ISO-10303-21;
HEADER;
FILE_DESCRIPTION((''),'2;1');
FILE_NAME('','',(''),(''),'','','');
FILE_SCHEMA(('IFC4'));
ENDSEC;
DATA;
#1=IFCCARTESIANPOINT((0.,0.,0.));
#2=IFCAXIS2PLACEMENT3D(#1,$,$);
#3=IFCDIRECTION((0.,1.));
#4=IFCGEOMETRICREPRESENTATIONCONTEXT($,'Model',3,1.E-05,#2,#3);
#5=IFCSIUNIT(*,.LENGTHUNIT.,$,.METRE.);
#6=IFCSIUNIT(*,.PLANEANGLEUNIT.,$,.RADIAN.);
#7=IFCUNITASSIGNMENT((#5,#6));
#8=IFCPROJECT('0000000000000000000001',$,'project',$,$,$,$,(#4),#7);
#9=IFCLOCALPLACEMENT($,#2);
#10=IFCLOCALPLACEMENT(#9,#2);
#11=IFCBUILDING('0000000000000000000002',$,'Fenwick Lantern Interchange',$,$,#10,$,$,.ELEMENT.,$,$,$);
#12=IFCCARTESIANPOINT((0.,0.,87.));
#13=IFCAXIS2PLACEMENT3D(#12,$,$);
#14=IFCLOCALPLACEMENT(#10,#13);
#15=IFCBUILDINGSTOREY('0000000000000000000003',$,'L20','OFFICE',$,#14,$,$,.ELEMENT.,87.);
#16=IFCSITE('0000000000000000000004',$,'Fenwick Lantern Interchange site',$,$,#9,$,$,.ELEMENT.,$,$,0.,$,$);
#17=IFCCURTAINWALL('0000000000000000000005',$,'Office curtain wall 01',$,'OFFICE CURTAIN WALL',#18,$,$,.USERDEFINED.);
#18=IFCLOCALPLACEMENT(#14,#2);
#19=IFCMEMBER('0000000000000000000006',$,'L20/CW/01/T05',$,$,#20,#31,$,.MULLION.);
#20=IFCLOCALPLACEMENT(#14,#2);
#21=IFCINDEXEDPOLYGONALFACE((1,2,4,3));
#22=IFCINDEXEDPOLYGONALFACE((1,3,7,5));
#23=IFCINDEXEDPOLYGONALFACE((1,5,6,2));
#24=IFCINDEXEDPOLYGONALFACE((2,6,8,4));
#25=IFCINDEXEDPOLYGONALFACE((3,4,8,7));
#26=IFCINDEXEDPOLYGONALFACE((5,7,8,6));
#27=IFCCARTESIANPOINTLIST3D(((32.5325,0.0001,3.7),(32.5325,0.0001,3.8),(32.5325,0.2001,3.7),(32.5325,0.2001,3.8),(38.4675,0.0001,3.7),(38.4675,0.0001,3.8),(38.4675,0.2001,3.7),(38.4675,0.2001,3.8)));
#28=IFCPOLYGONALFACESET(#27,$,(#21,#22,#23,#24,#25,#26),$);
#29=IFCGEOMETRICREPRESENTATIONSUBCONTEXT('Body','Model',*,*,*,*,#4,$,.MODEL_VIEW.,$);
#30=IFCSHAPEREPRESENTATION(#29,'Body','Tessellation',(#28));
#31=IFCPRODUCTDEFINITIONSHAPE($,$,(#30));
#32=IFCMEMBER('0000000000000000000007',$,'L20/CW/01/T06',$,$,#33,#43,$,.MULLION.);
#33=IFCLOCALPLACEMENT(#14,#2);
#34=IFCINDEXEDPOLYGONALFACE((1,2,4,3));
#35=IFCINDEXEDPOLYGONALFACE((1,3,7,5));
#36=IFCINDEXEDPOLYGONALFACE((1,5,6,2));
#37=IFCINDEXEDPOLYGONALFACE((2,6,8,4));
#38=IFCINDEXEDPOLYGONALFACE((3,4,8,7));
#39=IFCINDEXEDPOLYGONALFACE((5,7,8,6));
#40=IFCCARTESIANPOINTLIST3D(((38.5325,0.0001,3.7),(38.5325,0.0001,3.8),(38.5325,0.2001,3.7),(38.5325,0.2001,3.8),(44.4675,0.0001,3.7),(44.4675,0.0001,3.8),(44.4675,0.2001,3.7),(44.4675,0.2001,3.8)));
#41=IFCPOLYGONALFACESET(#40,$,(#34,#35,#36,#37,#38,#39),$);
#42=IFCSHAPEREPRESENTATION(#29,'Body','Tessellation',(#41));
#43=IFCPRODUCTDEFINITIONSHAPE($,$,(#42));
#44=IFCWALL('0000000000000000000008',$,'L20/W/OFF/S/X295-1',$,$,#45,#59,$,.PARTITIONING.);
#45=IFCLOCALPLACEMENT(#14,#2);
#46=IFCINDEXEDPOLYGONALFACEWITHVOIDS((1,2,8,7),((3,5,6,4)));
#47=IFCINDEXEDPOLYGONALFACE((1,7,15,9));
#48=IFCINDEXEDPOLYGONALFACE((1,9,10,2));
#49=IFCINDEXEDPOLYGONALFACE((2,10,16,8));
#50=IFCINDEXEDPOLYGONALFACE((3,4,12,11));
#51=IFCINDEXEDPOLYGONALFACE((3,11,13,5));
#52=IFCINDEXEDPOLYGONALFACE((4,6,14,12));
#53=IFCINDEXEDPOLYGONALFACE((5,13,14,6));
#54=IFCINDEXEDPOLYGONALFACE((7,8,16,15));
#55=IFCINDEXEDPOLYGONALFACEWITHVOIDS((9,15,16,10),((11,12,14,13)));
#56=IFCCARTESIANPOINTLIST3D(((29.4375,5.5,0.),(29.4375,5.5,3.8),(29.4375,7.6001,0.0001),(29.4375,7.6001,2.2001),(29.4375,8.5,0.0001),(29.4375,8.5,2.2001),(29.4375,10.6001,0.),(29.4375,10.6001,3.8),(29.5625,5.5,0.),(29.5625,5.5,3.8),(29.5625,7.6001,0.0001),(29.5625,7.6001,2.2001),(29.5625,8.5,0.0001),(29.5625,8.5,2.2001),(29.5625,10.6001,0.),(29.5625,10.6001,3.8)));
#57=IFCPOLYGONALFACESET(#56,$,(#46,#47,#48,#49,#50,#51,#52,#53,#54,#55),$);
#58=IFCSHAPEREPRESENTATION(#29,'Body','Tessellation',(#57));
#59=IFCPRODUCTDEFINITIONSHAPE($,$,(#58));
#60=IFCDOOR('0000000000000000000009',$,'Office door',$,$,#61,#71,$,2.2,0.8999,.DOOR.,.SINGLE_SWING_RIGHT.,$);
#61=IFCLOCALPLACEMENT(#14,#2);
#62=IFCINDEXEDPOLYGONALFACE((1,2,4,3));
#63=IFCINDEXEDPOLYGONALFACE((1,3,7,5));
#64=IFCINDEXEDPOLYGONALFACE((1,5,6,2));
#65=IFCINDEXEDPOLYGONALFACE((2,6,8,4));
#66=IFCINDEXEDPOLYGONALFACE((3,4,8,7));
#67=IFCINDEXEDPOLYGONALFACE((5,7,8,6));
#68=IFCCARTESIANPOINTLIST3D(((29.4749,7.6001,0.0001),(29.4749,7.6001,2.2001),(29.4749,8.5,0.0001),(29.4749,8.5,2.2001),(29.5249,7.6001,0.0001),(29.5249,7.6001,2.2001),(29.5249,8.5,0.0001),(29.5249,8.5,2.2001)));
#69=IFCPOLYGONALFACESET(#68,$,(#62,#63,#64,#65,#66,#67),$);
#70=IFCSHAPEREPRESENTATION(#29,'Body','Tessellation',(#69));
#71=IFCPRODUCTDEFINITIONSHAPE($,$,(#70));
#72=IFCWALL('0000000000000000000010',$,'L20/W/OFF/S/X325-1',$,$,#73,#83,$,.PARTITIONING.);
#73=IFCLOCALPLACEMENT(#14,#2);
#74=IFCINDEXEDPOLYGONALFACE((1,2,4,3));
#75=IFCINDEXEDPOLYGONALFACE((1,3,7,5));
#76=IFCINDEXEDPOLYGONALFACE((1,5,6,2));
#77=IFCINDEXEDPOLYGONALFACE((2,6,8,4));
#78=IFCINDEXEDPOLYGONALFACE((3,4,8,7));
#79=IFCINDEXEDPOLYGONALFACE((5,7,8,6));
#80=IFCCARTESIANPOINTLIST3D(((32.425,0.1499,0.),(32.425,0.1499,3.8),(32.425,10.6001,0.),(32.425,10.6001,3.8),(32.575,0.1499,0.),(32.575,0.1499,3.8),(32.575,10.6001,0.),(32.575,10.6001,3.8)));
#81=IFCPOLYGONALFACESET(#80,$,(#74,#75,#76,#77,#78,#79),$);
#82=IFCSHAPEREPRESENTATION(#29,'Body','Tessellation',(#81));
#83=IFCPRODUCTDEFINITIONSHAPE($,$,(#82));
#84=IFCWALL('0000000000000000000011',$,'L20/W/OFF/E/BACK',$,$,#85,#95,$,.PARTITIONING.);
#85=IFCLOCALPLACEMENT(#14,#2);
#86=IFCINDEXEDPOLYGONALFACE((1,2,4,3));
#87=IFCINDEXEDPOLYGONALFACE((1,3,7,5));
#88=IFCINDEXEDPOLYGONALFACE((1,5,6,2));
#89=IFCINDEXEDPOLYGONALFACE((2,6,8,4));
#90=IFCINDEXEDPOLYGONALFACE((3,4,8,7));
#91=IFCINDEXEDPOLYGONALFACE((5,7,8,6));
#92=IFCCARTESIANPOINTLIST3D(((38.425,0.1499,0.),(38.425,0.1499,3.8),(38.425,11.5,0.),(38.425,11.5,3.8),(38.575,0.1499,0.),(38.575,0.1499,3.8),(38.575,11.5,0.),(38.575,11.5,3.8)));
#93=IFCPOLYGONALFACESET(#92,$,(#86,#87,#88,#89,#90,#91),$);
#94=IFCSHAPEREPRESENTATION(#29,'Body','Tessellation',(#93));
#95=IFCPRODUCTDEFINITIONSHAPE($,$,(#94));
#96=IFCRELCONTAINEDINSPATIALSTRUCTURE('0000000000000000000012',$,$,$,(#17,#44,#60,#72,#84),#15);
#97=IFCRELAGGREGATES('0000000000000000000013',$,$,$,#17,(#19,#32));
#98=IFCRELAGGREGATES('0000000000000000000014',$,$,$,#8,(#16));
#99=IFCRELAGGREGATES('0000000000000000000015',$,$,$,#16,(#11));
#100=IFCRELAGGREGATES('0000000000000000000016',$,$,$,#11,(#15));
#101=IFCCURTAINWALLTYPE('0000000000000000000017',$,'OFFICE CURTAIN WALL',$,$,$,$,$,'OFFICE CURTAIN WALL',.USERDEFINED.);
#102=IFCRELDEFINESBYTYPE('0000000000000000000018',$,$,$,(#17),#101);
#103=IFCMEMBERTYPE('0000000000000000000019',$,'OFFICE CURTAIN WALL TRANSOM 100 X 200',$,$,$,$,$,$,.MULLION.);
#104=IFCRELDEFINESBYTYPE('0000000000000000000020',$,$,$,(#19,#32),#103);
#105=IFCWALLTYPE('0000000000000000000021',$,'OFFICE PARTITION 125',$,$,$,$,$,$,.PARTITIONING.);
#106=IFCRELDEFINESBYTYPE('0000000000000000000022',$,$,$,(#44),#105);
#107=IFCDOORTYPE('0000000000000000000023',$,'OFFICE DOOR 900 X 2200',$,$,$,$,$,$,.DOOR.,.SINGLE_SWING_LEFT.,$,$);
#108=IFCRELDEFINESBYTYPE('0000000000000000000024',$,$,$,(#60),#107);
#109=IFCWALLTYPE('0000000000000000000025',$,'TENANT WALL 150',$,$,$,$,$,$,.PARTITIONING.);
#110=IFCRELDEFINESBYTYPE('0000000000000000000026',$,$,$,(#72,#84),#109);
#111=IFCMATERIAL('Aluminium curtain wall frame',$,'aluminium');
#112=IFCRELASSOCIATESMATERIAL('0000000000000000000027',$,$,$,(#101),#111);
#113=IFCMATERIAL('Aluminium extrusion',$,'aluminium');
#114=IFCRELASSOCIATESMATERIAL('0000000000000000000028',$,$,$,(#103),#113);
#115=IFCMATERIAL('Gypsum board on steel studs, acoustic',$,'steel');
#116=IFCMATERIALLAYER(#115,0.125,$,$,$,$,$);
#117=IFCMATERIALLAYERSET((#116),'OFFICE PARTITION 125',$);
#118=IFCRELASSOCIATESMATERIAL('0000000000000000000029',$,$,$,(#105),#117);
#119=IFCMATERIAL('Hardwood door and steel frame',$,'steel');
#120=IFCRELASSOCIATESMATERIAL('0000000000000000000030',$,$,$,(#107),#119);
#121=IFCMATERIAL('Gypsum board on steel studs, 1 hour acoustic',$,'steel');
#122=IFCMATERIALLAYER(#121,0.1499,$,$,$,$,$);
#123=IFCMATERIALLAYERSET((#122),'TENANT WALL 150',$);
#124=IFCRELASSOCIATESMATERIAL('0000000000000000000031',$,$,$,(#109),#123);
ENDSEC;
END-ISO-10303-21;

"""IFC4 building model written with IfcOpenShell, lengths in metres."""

from ifc_helpers import new_model, si_unit, direction, frame, frame_2d, origin, origin_2d, place, context, subcontext, project, spatial, rectangle, extrude, material, layer, layer_set, material_profile, profile_set, type_object, element, fill, aggregate, save


model = new_model("IFC4")

# Units and contexts
model_context = context("Model", 3, precision=1e-05, world=origin(), true_north=direction((0.0, 1.0)))
body_context = subcontext(model_context, "Body", "Model", "MODEL_VIEW")
ifc_project = project(units=[si_unit("LENGTHUNIT", "METRE"), si_unit("PLANEANGLEUNIT", "RADIAN")], contexts=[model_context])

# Site, building, storey
site_placement = place(None, origin())
site = spatial("IfcSite", under=ifc_project, at=site_placement, Name="Fenwick Lantern Interchange site", CompositionType="ELEMENT", RefElevation=0.0)
building_placement = place(site_placement, origin())
building = spatial("IfcBuilding", under=site, at=building_placement, Name="Fenwick Lantern Interchange", CompositionType="ELEMENT")
storey_placement = place(building_placement, frame((0.0, 0.0, 87.0)))
storey = spatial("IfcBuildingStorey", under=building, at=storey_placement, Name="L20", Description="OFFICE", CompositionType="ELEMENT", Elevation=87.0)

# Curtain wall, members
ifc_material_1 = material(Name="Aluminium curtain wall frame", Category="aluminium")
curtain_wall_type = type_object("IfcCurtainWallType", Name="OFFICE CURTAIN WALL", ElementType="OFFICE CURTAIN WALL", PredefinedType="USERDEFINED", material=ifc_material_1)
curtain_wall_placement = place(storey_placement, origin())
curtain_wall = element("IfcCurtainWall", 1, at=curtain_wall_placement, inside=storey, type_object=curtain_wall_type, Name="Office curtain wall 01", ObjectType="OFFICE CURTAIN WALL", PredefinedType="USERDEFINED")
ifc_material_2 = material(Name="Aluminium extrusion", Category="aluminium")
ifc_material_profile_1 = material_profile(ifc_material_2, rectangle(XDim=0.2, YDim=0.1001, at=origin_2d()), Name="OFFICE CURTAIN WALL TRANSOM 100 X 200")
ifc_profile_set_1 = profile_set([ifc_material_profile_1], Name="Aluminium extrusion")
member_type_1 = type_object("IfcMemberType", Name="OFFICE CURTAIN WALL TRANSOM 100 X 200", PredefinedType="MULLION", material=ifc_profile_set_1)
member_1_placement = place(storey_placement, frame((32.5325, 0.1001, 3.75), z_axis=(1.0, 0.0, 0.0), x_axis=(0.0, 1.0, 0.0)))
member_1 = element("IfcMember", 2, at=member_1_placement, type_object=member_type_1, Name="L20/CW/01/T05", PredefinedType="MULLION", context=body_context, shape_type="SweptSolid", body=[
    extrude(rectangle(XDim=0.2, YDim=0.1001, at=origin_2d()), origin(), (0.0, 0.0, 1.0), 5.9351),
])
member_2_placement = place(storey_placement, frame((38.5325, 0.1001, 3.75), z_axis=(1.0, 0.0, 0.0), x_axis=(0.0, 1.0, 0.0)))
member_2 = element("IfcMember", 3, at=member_2_placement, type_object=member_type_1, Name="L20/CW/01/T06", PredefinedType="MULLION", context=body_context, shape_type="SweptSolid", body=[
    extrude(rectangle(XDim=0.2, YDim=0.1001, at=origin_2d()), origin(), (0.0, 0.0, 1.0), 5.9351),
])
aggregate(curtain_wall, [member_1, member_2])

# Wall, opening, door
ifc_material_3 = material(Name="Gypsum board on steel studs, acoustic", Category="steel")
ifc_layer_1 = layer(ifc_material_3, 0.125)
ifc_layer_set_1 = layer_set([ifc_layer_1], Name="OFFICE PARTITION 125")
wall_type_1 = type_object("IfcWallType", Name="OFFICE PARTITION 125", PredefinedType="PARTITIONING", material=ifc_layer_set_1)
wall_1_placement = place(storey_placement, frame((29.5, 5.5, 0.0), z_axis=(0.0, 0.0, 1.0), x_axis=(0.0, 1.0, 0.0)))
wall_1 = element("IfcWall", 4, at=wall_1_placement, inside=storey, type_object=wall_type_1, Name="L20/W/OFF/S/X295-1", PredefinedType="PARTITIONING", context=body_context, shape_type="SweptSolid", body=[
    extrude(rectangle(XDim=5.1001, YDim=0.125, at=frame_2d((2.55, 0.0))), origin(), (0.0, 0.0, 1.0), 3.8),
])
opening_placement = place(wall_1_placement, frame((2.1001, 0.0, 0.0)))
opening = element("IfcOpeningElement", 5, at=opening_placement, cuts=wall_1, PredefinedType="OPENING", context=body_context, shape_type="SweptSolid", body=[
    extrude(rectangle(XDim=0.8999, YDim=2.2, at=frame_2d((0.45, 1.1001))), frame((0.0, 0.0725, 0.0), z_axis=(0.0, -1.0, 0.0), x_axis=(1.0, 0.0, 0.0)), (0.0, 0.0, 1.0), 0.145),
])
ifc_material_4 = material(Name="Hardwood door and steel frame", Category="steel")
door_type = type_object("IfcDoorType", Name="OFFICE DOOR 900 X 2200", OperationType="SINGLE_SWING_LEFT", PredefinedType="DOOR", material=ifc_material_4)
door_placement = place(opening_placement, frame((0.8999, 0.0, 0.0), z_axis=(0.0, 0.0, 1.0), x_axis=(-1.0, 0.0, 0.0)))
door = element("IfcDoor", 6, at=door_placement, inside=storey, type_object=door_type, Name="Office door", OperationType="SINGLE_SWING_RIGHT", OverallHeight=2.2, OverallWidth=0.8999, PredefinedType="DOOR", context=body_context, shape_type="SweptSolid", body=[
    extrude(rectangle(XDim=0.8999, YDim=2.2, at=frame_2d((0.45, 1.1001))), frame((0.0, 0.0249, 0.0), z_axis=(0.0, -1.0, 0.0), x_axis=(1.0, 0.0, 0.0)), (0.0, 0.0, 1.0), 0.05),
])
fill(opening, door)

# Walls
ifc_material_5 = material(Name="Gypsum board on steel studs, 1 hour acoustic", Category="steel")
ifc_layer_2 = layer(ifc_material_5, 0.1499)
ifc_layer_set_2 = layer_set([ifc_layer_2], Name="TENANT WALL 150")
wall_type_2 = type_object("IfcWallType", Name="TENANT WALL 150", PredefinedType="PARTITIONING", material=ifc_layer_set_2)
wall_2_placement = place(storey_placement, frame((32.5, 0.1499, 0.0), z_axis=(0.0, 0.0, 1.0), x_axis=(0.0, 1.0, 0.0)))
element("IfcWall", 7, at=wall_2_placement, inside=storey, type_object=wall_type_2, Name="L20/W/OFF/S/X325-1", PredefinedType="PARTITIONING", context=body_context, shape_type="SweptSolid", body=[
    extrude(rectangle(XDim=10.4502, YDim=0.1499, at=frame_2d((5.2251, 0.0))), origin(), (0.0, 0.0, 1.0), 3.8),
])
wall_3_placement = place(storey_placement, frame((38.5, 0.1499, 0.0), z_axis=(0.0, 0.0, 1.0), x_axis=(0.0, 1.0, 0.0)))
element("IfcWall", 8, at=wall_3_placement, inside=storey, type_object=wall_type_2, Name="L20/W/OFF/E/BACK", PredefinedType="PARTITIONING", context=body_context, shape_type="SweptSolid", body=[
    extrude(rectangle(XDim=11.3501, YDim=0.1499, at=frame_2d((5.675, 0.0))), origin(), (0.0, 0.0, 1.0), 3.8),
])

save(model, "model.ifc")
